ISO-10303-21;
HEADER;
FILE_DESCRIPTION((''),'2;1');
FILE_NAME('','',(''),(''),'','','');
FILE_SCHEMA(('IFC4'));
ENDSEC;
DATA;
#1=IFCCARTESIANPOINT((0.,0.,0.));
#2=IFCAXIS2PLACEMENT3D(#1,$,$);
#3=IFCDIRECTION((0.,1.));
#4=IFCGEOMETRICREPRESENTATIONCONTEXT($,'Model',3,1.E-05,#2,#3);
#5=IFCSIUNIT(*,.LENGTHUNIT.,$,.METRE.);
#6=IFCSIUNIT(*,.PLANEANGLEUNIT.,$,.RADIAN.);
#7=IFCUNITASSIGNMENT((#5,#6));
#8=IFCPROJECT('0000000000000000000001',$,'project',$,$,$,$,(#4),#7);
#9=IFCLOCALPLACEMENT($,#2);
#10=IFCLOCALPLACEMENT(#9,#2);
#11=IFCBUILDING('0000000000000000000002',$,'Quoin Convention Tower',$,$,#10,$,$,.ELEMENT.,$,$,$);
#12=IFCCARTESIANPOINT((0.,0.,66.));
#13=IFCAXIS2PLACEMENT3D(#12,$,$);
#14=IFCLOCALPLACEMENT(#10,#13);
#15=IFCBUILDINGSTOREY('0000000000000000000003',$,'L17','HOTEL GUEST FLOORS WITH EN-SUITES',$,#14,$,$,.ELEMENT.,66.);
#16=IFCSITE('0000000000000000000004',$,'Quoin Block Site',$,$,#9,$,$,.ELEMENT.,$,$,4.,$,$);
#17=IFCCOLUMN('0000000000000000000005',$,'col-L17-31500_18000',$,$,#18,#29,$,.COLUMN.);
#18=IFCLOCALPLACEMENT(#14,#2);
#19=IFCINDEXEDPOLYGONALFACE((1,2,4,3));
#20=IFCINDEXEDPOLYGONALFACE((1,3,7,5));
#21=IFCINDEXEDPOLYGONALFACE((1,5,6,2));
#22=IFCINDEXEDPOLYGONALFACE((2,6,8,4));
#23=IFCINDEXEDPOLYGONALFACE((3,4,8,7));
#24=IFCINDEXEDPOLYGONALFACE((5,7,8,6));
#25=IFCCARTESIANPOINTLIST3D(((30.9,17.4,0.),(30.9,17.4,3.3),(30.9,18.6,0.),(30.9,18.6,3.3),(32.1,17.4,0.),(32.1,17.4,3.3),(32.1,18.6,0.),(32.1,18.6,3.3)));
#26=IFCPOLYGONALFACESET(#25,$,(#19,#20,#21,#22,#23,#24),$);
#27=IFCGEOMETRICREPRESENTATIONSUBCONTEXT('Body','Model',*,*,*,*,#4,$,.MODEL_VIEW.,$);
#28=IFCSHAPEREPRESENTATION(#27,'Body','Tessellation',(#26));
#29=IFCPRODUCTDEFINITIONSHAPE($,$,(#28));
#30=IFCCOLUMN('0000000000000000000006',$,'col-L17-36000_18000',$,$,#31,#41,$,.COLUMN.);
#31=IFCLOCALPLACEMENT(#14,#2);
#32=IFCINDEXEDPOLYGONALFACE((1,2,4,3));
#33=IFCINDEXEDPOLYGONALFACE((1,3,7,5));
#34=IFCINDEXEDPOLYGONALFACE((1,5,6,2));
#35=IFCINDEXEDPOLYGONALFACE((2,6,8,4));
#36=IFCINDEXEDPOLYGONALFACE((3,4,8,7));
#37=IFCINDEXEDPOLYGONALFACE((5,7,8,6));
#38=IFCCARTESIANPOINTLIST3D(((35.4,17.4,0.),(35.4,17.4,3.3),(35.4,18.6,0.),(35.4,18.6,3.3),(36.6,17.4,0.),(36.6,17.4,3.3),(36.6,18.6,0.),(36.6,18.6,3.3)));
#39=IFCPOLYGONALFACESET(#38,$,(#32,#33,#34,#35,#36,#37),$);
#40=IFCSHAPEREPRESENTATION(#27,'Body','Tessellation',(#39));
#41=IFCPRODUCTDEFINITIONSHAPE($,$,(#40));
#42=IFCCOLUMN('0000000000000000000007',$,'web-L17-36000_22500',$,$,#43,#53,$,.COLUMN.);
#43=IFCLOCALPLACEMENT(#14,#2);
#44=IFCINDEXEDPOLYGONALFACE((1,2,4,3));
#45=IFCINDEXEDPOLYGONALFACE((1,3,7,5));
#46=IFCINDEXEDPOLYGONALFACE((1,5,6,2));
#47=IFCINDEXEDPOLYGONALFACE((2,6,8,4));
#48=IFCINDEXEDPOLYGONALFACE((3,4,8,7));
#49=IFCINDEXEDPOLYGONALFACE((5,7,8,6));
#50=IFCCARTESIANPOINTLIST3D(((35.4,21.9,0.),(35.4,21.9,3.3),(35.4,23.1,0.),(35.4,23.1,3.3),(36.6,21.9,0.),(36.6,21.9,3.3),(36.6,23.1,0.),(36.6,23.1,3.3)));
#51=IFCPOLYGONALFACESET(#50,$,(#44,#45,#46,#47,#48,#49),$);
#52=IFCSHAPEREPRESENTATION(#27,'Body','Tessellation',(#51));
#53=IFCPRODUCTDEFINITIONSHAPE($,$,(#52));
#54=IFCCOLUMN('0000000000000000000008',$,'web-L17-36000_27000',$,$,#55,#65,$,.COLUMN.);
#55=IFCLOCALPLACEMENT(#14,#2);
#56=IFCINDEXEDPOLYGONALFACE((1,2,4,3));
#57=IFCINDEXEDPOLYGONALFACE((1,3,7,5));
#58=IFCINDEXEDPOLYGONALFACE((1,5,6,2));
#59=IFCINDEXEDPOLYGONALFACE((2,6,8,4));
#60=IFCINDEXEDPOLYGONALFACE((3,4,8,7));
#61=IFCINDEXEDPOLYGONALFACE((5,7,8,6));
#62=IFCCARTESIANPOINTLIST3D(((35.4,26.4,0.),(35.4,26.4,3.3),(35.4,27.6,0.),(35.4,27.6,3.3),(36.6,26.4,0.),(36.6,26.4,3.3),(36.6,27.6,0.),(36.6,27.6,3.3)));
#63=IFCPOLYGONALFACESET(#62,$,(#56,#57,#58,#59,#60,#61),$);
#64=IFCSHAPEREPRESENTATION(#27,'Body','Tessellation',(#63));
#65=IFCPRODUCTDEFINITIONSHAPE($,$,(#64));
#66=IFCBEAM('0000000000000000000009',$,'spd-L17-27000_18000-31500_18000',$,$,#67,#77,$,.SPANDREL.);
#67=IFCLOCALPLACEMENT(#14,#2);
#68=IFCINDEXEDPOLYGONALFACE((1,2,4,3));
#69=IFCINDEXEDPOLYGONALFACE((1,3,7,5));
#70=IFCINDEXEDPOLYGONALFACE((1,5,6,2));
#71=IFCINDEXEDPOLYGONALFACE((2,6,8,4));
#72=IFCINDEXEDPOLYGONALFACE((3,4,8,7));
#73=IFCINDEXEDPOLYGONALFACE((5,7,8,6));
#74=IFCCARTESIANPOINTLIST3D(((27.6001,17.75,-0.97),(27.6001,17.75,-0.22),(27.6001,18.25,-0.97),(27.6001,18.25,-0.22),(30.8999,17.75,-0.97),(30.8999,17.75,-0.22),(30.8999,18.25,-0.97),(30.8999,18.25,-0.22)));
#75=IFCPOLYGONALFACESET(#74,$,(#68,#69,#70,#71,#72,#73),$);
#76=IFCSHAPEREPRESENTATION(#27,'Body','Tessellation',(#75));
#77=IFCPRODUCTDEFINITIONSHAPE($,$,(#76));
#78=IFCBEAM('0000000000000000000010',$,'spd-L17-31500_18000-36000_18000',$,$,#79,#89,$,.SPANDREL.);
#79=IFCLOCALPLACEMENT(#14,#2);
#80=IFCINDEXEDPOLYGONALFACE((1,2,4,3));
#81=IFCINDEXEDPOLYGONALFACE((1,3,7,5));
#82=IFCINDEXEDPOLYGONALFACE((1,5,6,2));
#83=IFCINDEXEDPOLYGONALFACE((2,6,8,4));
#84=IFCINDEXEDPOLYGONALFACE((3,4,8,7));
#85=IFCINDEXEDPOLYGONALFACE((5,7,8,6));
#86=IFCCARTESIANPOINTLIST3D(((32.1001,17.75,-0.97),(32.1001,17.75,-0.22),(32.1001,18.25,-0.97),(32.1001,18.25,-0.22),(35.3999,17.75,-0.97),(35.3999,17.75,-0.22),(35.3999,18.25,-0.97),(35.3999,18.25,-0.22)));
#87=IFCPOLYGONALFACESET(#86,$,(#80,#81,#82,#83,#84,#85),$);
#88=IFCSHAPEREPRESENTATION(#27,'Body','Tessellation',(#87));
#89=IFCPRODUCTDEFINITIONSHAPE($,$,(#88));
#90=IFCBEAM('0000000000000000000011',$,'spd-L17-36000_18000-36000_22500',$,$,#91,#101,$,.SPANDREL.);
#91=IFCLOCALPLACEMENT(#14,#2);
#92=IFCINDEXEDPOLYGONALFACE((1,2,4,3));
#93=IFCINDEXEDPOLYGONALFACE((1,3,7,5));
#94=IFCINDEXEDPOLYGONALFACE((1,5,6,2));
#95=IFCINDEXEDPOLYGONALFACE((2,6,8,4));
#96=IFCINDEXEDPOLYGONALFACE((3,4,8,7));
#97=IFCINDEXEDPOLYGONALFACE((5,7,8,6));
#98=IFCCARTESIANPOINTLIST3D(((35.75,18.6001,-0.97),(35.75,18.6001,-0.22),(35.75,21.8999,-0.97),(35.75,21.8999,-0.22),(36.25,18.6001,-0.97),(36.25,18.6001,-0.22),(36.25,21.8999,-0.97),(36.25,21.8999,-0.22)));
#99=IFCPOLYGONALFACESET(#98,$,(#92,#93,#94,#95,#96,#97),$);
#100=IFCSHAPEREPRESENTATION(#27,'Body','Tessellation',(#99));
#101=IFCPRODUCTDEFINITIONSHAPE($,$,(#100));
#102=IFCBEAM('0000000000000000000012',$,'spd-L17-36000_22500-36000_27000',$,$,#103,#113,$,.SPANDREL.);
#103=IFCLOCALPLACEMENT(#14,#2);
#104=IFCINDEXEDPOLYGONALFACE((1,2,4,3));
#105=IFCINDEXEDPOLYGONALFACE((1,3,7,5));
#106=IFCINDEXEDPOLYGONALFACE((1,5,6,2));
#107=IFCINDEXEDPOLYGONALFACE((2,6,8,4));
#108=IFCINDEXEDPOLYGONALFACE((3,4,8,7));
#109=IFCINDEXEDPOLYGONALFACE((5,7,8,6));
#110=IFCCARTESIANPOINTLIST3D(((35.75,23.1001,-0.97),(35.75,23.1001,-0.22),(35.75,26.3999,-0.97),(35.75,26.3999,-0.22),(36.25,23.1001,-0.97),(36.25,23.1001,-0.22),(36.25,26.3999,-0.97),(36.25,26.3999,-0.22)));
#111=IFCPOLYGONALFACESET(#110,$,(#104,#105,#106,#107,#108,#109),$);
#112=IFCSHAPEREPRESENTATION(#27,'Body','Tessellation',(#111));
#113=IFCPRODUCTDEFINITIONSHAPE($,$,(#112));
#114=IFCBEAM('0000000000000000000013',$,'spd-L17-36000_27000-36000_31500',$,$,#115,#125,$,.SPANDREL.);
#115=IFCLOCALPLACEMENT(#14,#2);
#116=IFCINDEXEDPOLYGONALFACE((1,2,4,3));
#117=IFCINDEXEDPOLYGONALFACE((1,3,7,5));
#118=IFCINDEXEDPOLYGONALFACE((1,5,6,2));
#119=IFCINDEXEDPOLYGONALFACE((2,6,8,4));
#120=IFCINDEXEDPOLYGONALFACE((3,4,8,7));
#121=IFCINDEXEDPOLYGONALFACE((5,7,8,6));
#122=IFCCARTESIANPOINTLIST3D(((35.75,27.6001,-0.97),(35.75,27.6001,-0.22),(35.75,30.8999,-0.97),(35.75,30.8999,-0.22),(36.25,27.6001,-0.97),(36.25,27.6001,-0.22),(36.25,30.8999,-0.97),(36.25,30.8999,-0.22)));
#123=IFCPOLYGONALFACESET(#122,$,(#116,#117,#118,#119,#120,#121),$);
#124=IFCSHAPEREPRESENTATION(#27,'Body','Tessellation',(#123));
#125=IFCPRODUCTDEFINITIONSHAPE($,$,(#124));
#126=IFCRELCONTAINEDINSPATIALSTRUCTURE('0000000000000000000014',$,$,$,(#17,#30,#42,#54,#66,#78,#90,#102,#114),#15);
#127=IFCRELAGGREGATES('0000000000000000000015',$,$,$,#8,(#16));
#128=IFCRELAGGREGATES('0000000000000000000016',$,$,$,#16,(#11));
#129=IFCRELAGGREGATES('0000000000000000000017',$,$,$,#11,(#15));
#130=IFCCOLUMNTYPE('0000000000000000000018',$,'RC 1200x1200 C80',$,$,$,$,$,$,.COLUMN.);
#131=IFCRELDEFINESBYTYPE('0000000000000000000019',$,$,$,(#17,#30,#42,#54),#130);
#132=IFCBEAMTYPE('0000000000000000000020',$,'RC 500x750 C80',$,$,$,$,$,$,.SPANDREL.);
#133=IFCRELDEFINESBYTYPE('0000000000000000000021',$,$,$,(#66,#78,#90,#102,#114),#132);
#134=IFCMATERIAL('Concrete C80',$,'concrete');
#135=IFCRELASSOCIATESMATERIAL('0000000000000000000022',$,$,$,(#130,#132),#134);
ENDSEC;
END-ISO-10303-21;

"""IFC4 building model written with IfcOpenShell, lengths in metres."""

from ifc_helpers import new_model, si_unit, direction, frame, origin, origin_2d, place, context, subcontext, project, spatial, rectangle, extrude, material, material_profile, profile_set, type_object, element, save


model = new_model("IFC4")

# Units and contexts
model_context = context("Model", 3, precision=1e-05, world=origin(), true_north=direction((0.0, 1.0)))
body_context = subcontext(model_context, "Body", "Model", "MODEL_VIEW")
ifc_project = project(units=[si_unit("LENGTHUNIT", "METRE"), si_unit("PLANEANGLEUNIT", "RADIAN")], contexts=[model_context])

# Site, building, storey
site_placement = place(None, origin())
site = spatial("IfcSite", under=ifc_project, at=site_placement, Name="Quoin Block Site", CompositionType="ELEMENT", RefElevation=4.0)
building_placement = place(site_placement, origin())
building = spatial("IfcBuilding", under=site, at=building_placement, Name="Quoin Convention Tower", CompositionType="ELEMENT")
storey_placement = place(building_placement, frame((0.0, 0.0, 66.0)))
storey = spatial("IfcBuildingStorey", under=building, at=storey_placement, Name="L17", Description="HOTEL GUEST FLOORS WITH EN-SUITES", CompositionType="ELEMENT", Elevation=66.0)

# Columns
ifc_material_1 = material(Name="Concrete C80", Category="concrete")
ifc_material_profile_1 = material_profile(ifc_material_1, rectangle(XDim=1.2, YDim=1.2, at=origin_2d()), Name="RC 1200x1200")
ifc_profile_set_1 = profile_set([ifc_material_profile_1], Name="Concrete C80")
column_type = type_object("IfcColumnType", Name="RC 1200x1200 C80", PredefinedType="COLUMN", material=ifc_profile_set_1)
for number, where, z_axis, x_axis, name in (
    (1, (31.5, 18.0, 0.0), (0.0, 0.0, 1.0), (1.0, 0.0, 0.0), "col-L17-31500_18000"),
    (2, (36.0, 18.0, 0.0), (0.0, 0.0, 1.0), (1.0, 0.0, 0.0), "col-L17-36000_18000"),
    (3, (36.0, 22.5, 0.0), (0.0, 0.0, 1.0), (1.0, 0.0, 0.0), "web-L17-36000_22500"),
    (4, (36.0, 27.0, 0.0), (0.0, 0.0, 1.0), (1.0, 0.0, 0.0), "web-L17-36000_27000"),
):
    element("IfcColumn", number, at=place(storey_placement, frame(where, z_axis=z_axis, x_axis=x_axis)), inside=storey, type_object=column_type, Name=name, PredefinedType="COLUMN", context=body_context, shape_type="SweptSolid", body=[
        extrude(rectangle(XDim=1.2, YDim=1.2, at=origin_2d()), origin(), (0.0, 0.0, 1.0), 3.3),
    ])

# Beams
ifc_material_profile_2 = material_profile(ifc_material_1, rectangle(XDim=0.5, YDim=0.75, at=origin_2d()), Name="RC 500x750")
ifc_profile_set_2 = profile_set([ifc_material_profile_2], Name="Concrete C80")
beam_type = type_object("IfcBeamType", Name="RC 500x750 C80", PredefinedType="SPANDREL", material=ifc_profile_set_2)
for number, where, z_axis, x_axis, name in (
    (5, (27.6001, 18.0, -0.595), (1.0, 0.0, 0.0), (0.0, 1.0, 0.0), "spd-L17-27000_18000-31500_18000"),
    (6, (32.1001, 18.0, -0.595), (1.0, 0.0, 0.0), (0.0, 1.0, 0.0), "spd-L17-31500_18000-36000_18000"),
    (7, (36.0, 18.6001, -0.595), (0.0, 1.0, 0.0), (-1.0, 0.0, 0.0), "spd-L17-36000_18000-36000_22500"),
    (8, (36.0, 23.1001, -0.595), (0.0, 1.0, 0.0), (-1.0, 0.0, 0.0), "spd-L17-36000_22500-36000_27000"),
    (9, (36.0, 27.6001, -0.595), (0.0, 1.0, 0.0), (-1.0, 0.0, 0.0), "spd-L17-36000_27000-36000_31500"),
):
    element("IfcBeam", number, at=place(storey_placement, frame(where, z_axis=z_axis, x_axis=x_axis)), inside=storey, type_object=beam_type, Name=name, PredefinedType="SPANDREL", context=body_context, shape_type="SweptSolid", body=[
        extrude(rectangle(XDim=0.5, YDim=0.75, at=origin_2d()), origin(), (0.0, 0.0, 1.0), 3.2998),
    ])

save(model, "model.ifc")
